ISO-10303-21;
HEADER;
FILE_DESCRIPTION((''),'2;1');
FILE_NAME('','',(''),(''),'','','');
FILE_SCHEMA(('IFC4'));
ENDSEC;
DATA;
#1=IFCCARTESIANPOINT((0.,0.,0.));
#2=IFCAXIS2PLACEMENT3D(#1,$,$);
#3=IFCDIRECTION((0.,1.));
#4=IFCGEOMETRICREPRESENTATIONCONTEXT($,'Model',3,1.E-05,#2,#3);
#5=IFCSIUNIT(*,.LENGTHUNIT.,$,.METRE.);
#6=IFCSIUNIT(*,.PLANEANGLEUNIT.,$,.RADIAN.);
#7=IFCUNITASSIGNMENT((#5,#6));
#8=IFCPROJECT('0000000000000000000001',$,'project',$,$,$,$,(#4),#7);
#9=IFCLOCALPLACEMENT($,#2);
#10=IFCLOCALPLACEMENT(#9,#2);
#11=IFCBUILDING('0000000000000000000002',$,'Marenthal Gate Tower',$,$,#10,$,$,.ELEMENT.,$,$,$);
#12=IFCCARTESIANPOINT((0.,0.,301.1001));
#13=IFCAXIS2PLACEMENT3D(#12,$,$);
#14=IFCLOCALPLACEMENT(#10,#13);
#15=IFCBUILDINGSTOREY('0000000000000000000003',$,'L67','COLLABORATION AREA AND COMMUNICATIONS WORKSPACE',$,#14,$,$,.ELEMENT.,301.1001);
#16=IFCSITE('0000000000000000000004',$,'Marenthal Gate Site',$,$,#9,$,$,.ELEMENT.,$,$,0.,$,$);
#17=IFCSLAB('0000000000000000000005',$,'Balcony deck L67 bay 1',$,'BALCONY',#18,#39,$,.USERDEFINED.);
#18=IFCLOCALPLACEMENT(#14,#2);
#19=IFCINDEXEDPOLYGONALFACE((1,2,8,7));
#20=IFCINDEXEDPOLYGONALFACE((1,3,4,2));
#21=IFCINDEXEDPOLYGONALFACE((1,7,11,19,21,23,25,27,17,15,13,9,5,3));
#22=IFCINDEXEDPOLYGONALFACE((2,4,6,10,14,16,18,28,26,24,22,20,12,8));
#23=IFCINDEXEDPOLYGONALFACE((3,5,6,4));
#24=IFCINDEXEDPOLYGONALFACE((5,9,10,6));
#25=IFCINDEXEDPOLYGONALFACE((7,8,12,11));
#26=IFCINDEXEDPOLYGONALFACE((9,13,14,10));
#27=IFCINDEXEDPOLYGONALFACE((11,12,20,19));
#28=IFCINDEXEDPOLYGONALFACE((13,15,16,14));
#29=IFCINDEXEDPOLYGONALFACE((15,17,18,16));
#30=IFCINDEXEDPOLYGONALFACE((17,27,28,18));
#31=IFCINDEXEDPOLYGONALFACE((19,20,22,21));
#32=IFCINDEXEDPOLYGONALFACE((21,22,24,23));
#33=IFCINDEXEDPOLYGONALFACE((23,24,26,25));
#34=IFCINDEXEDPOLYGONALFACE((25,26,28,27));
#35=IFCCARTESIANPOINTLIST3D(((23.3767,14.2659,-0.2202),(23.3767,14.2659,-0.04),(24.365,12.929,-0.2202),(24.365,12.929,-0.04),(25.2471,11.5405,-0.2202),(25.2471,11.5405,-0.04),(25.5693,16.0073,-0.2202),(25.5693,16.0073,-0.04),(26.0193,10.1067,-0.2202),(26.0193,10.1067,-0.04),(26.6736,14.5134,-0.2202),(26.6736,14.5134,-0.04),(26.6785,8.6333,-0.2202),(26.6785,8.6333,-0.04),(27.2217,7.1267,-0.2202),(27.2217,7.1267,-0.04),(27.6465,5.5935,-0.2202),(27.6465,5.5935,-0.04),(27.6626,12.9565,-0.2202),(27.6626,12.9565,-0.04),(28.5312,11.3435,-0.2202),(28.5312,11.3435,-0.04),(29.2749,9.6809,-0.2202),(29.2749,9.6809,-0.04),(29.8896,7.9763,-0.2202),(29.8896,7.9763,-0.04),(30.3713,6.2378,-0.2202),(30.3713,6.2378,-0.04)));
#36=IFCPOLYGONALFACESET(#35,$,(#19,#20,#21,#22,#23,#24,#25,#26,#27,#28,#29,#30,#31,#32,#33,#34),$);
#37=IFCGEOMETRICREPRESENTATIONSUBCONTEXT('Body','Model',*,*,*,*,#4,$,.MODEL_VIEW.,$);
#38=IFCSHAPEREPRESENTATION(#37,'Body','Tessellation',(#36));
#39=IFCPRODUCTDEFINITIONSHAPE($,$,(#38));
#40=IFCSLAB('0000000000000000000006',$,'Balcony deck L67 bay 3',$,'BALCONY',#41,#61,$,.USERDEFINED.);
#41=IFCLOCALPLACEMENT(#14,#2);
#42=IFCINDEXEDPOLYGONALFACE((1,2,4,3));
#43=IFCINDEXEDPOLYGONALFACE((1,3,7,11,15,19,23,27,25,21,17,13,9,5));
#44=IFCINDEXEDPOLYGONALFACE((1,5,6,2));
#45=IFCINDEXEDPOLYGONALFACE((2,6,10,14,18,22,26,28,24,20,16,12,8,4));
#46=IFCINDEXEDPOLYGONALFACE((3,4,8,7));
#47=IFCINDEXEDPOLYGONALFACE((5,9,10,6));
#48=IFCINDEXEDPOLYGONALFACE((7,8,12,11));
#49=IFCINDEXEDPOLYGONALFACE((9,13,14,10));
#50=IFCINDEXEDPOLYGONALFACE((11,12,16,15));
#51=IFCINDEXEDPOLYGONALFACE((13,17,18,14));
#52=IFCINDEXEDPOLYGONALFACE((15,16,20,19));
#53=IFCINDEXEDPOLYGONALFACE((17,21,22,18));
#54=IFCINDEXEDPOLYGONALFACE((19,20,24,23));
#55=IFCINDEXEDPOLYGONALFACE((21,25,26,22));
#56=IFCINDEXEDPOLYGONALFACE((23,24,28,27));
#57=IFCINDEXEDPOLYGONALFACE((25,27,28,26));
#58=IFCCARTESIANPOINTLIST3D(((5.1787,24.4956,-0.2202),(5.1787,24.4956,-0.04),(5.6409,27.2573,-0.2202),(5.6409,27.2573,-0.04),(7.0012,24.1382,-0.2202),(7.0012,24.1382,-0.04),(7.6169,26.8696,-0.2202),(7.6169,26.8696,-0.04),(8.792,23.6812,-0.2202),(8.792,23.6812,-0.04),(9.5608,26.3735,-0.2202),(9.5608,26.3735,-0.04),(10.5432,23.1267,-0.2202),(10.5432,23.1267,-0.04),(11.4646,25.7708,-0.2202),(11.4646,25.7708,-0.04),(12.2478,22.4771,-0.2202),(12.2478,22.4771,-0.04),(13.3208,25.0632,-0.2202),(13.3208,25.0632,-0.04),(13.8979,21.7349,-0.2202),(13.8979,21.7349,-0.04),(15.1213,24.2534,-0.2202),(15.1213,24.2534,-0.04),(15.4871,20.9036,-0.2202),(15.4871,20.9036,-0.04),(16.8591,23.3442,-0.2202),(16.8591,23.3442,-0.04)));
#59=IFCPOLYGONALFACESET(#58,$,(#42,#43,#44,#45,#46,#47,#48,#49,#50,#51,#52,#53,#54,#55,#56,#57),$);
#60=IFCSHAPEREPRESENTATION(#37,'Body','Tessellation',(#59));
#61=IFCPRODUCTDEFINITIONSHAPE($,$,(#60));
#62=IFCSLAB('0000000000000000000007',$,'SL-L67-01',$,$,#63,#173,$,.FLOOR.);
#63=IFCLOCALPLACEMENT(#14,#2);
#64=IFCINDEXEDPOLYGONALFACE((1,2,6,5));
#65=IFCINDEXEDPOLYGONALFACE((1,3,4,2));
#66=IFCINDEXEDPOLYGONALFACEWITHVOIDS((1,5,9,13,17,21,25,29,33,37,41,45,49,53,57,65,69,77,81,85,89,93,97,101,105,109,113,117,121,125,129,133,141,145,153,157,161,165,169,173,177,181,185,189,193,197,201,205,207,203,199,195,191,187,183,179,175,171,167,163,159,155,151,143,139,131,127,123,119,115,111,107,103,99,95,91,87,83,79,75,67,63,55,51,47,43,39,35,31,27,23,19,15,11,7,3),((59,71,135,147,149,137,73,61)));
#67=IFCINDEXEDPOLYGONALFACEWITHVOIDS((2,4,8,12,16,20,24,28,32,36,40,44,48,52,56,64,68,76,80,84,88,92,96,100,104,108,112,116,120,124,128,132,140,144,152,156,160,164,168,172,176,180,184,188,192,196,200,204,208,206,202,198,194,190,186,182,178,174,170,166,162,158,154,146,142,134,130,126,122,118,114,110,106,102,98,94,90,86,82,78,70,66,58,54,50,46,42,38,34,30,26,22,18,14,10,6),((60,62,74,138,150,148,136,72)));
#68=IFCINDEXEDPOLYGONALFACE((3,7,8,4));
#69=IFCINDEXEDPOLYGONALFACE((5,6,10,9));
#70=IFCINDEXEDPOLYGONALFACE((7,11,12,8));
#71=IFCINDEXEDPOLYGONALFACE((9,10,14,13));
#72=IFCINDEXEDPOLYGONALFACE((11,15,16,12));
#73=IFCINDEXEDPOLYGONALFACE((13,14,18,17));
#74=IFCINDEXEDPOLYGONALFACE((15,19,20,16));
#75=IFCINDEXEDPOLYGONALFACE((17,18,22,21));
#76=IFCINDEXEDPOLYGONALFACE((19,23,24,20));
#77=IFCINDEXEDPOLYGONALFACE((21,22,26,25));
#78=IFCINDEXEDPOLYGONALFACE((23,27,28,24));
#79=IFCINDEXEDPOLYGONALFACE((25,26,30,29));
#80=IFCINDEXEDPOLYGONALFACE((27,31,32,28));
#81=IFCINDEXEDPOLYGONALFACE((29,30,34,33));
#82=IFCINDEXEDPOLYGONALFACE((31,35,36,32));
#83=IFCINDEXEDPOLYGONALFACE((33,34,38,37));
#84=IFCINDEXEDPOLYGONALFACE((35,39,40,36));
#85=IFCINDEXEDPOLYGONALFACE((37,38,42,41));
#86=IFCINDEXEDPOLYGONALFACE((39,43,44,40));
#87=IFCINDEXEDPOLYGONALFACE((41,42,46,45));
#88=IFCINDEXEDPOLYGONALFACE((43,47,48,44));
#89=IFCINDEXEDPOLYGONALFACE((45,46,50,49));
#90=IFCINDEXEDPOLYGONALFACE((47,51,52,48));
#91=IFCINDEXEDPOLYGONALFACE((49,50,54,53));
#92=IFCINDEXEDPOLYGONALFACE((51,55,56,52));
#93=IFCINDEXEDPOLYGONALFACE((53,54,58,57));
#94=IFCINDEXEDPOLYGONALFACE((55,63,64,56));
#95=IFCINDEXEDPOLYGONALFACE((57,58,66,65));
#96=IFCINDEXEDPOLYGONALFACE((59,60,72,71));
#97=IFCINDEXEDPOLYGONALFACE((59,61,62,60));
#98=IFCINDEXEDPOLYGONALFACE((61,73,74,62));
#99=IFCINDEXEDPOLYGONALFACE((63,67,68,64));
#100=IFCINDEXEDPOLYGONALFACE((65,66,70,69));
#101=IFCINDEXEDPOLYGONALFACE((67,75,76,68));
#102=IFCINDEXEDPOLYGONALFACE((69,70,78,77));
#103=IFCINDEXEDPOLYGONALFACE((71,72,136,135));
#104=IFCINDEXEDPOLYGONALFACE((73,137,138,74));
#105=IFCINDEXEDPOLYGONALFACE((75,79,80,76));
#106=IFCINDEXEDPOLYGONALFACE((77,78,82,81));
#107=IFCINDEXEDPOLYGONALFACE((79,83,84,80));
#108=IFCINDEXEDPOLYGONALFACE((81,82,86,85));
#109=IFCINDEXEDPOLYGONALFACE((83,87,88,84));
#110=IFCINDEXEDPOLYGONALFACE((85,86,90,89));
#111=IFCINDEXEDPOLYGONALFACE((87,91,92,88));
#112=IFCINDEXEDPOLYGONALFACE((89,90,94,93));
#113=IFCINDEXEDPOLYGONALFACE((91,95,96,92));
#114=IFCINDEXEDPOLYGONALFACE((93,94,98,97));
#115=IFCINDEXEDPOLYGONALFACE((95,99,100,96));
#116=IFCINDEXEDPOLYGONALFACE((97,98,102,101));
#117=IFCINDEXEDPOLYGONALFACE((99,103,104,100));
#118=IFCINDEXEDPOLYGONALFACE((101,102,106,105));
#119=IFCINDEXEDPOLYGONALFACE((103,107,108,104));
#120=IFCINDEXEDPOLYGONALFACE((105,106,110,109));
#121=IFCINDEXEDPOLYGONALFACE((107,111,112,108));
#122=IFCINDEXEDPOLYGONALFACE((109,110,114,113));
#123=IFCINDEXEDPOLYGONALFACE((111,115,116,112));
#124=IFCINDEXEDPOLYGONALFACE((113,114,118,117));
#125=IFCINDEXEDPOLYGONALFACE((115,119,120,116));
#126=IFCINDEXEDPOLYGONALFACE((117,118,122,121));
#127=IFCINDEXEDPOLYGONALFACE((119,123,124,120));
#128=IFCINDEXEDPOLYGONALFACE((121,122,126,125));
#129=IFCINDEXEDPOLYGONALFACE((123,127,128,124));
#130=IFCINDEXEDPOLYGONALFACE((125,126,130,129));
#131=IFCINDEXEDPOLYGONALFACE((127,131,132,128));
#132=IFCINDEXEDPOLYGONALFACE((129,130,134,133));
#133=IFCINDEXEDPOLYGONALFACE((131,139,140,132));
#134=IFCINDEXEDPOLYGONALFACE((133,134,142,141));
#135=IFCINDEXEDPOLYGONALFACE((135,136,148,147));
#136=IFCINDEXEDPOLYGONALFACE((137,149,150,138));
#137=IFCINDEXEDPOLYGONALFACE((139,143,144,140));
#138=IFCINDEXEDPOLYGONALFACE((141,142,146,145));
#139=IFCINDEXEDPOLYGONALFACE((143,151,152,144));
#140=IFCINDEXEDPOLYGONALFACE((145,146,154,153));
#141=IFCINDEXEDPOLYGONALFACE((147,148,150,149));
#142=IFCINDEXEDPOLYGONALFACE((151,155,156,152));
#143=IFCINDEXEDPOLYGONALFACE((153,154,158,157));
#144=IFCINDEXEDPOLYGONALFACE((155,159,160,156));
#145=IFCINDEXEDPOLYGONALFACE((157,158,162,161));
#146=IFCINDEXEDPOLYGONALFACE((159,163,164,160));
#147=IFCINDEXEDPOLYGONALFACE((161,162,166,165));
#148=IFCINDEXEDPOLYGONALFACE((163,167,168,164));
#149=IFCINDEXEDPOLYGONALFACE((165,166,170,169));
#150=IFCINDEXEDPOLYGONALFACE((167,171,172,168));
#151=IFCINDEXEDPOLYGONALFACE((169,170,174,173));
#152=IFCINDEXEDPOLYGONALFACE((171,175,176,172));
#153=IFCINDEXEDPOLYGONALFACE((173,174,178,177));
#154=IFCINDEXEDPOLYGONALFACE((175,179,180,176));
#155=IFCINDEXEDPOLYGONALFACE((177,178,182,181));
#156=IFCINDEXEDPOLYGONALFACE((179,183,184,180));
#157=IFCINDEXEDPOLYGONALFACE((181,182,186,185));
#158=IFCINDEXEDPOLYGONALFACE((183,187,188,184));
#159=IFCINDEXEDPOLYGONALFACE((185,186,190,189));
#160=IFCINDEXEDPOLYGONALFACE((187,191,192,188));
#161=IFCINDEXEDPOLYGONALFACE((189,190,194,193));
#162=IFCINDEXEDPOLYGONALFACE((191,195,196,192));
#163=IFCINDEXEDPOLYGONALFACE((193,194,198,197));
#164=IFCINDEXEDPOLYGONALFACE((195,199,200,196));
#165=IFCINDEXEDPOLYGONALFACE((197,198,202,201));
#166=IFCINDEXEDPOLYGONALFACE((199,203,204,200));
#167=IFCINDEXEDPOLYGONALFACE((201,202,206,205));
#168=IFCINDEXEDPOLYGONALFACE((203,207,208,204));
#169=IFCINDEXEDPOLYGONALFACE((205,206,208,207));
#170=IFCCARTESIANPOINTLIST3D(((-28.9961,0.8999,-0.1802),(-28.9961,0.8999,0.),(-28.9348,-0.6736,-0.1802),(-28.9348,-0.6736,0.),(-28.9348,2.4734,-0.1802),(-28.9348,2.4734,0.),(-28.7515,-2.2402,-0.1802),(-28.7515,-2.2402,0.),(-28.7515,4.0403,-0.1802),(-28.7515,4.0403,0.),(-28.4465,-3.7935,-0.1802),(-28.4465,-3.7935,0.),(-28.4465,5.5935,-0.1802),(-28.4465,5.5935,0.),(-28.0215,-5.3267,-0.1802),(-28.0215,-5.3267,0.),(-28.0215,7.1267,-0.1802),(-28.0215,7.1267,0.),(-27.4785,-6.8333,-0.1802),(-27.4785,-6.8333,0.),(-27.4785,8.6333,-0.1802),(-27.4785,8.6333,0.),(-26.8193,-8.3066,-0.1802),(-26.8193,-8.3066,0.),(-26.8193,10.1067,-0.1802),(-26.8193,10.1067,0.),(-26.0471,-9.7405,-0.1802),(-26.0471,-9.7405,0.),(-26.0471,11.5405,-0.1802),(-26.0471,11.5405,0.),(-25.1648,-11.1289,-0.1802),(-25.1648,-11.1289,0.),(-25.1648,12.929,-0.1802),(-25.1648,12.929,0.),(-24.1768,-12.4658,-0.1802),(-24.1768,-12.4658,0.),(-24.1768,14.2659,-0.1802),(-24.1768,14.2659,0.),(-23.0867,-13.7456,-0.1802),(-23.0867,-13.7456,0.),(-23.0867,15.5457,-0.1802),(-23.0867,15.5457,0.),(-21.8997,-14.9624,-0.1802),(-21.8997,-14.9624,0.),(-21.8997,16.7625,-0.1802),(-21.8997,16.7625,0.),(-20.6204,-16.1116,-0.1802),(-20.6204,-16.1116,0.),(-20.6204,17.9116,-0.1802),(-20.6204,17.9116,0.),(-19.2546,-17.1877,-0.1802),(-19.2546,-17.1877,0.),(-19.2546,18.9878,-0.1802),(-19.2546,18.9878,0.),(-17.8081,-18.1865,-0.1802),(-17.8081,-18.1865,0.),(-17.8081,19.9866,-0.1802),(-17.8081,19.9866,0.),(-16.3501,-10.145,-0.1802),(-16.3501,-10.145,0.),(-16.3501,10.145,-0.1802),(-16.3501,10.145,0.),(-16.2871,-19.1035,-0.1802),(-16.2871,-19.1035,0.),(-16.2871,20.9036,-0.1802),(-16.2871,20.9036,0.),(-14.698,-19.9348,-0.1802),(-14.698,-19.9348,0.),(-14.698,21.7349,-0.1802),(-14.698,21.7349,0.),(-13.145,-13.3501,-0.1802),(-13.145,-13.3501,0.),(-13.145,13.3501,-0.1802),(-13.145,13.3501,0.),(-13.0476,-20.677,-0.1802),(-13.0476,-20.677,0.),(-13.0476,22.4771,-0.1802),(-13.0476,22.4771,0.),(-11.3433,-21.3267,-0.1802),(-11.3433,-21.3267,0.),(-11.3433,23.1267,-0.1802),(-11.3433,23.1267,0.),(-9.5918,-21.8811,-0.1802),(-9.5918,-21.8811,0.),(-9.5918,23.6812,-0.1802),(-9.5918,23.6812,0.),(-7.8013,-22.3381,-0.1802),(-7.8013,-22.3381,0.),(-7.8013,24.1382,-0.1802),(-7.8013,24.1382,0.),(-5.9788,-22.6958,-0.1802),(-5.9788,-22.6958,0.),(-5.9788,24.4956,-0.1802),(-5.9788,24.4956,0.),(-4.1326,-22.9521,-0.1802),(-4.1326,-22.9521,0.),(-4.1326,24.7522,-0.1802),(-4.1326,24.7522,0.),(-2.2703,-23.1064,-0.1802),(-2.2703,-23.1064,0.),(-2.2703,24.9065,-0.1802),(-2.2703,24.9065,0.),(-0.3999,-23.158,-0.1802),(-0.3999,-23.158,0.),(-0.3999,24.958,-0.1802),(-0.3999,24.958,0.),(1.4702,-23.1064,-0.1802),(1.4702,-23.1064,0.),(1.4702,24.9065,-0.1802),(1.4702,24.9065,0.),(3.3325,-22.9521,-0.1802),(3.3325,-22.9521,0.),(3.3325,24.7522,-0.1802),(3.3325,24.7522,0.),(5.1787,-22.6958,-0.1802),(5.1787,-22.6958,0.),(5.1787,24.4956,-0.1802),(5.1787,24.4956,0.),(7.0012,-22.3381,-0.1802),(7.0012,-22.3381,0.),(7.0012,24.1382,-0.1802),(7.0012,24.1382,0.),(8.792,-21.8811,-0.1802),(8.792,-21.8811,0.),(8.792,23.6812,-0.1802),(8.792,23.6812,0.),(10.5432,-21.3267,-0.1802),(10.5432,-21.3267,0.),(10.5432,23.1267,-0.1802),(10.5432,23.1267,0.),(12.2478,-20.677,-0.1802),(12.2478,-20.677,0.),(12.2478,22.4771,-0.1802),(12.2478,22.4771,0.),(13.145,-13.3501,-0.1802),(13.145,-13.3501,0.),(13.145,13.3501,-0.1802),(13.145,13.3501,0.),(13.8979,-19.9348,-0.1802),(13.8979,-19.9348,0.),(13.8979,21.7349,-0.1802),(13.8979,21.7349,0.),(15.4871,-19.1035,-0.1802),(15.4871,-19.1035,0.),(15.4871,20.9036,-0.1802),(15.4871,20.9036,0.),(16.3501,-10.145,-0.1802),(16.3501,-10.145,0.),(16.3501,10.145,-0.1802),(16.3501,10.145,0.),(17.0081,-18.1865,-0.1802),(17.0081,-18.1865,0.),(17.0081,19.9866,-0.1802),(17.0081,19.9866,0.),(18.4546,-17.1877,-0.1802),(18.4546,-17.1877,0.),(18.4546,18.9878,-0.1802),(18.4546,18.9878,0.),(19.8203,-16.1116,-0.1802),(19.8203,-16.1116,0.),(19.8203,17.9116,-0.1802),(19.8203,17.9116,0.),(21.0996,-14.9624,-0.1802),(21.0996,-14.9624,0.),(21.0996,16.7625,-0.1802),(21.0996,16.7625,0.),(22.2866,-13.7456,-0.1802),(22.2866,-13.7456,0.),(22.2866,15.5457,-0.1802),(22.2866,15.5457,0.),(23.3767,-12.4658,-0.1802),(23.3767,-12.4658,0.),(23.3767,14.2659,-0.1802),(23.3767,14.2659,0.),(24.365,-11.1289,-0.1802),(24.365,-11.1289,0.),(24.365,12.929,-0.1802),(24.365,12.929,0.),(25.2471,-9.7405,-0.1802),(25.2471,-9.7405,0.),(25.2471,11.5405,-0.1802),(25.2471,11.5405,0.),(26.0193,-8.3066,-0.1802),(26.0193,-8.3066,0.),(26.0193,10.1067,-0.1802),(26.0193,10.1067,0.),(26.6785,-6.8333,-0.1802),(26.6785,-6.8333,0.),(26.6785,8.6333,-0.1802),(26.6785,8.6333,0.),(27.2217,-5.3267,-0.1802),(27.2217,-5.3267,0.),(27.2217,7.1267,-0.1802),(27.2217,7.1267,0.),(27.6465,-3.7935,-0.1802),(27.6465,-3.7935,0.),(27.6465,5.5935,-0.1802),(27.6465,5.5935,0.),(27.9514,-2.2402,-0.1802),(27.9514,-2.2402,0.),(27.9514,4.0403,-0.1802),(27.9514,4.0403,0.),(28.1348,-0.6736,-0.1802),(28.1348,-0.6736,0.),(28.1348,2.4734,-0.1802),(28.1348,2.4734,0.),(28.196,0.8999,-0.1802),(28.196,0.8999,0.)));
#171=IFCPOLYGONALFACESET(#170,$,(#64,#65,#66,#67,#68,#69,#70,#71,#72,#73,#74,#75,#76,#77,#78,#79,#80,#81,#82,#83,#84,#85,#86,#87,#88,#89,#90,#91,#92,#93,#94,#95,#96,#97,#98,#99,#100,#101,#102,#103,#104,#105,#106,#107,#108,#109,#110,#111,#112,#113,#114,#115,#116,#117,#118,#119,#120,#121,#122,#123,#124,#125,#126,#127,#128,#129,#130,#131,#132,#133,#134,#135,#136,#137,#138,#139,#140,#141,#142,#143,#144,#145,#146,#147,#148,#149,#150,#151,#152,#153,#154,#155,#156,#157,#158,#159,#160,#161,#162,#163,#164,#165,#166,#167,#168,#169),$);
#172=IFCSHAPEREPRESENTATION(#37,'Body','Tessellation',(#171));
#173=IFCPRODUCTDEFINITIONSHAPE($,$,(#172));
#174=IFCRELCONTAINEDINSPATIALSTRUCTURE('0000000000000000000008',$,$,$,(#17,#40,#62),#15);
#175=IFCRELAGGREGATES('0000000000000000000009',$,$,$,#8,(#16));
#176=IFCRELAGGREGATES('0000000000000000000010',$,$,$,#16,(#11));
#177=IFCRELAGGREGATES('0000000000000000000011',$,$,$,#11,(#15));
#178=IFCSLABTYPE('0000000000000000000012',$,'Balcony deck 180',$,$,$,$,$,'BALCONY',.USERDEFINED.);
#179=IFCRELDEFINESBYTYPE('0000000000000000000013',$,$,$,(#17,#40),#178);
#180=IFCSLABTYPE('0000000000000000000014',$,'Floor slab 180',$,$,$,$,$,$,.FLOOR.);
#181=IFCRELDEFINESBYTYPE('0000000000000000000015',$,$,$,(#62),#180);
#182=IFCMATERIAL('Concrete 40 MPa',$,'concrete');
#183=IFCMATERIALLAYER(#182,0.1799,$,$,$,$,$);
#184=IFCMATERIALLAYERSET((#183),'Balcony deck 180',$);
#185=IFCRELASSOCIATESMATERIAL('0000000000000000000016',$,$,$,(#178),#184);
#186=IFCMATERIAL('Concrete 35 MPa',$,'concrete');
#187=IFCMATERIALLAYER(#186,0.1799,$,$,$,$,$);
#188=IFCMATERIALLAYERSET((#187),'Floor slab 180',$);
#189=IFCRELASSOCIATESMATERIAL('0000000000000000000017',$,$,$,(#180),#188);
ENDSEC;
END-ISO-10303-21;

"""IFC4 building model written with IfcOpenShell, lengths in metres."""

from ifc_helpers import new_model, si_unit, direction, frame, origin, place, context, subcontext, project, spatial, polyline, outline, extrude, material, layer, layer_set, type_object, element, save


model = new_model("IFC4")

# Units and contexts
model_context = context("Model", 3, precision=1e-05, world=origin(), true_north=direction((0.0, 1.0)))
body_context = subcontext(model_context, "Body", "Model", "MODEL_VIEW")
ifc_project = project(units=[si_unit("LENGTHUNIT", "METRE"), si_unit("PLANEANGLEUNIT", "RADIAN")], contexts=[model_context])

# Site, building, storey
site_placement = place(None, origin())
site = spatial("IfcSite", under=ifc_project, at=site_placement, Name="Marenthal Gate Site", CompositionType="ELEMENT", RefElevation=0.0)
building_placement = place(site_placement, origin())
building = spatial("IfcBuilding", under=site, at=building_placement, Name="Marenthal Gate Tower", CompositionType="ELEMENT")
storey_placement = place(building_placement, frame((0.0, 0.0, 301.1001)))
storey = spatial("IfcBuildingStorey", under=building, at=storey_placement, Name="L67", Description="COLLABORATION AREA AND COMMUNICATIONS WORKSPACE", CompositionType="ELEMENT", Elevation=301.1001)

# Slabs
ifc_material_1 = material(Name="Concrete 40 MPa", Category="concrete")
ifc_layer_1 = layer(ifc_material_1, 0.1799)
ifc_layer_set_1 = layer_set([ifc_layer_1], Name="Balcony deck 180")
slab_type_1 = type_object("IfcSlabType", Name="Balcony deck 180", ElementType="BALCONY", PredefinedType="USERDEFINED", material=ifc_layer_set_1)
slab_1_placement = place(storey_placement, frame((0.0, 0.0, -0.2202)))
element("IfcSlab", 1, at=slab_1_placement, inside=storey, type_object=slab_type_1, Name="Balcony deck L67 bay 1", ObjectType="BALCONY", PredefinedType="USERDEFINED", context=body_context, shape_type="SweptSolid", body=[
    extrude(outline(polyline([(27.6465, 5.5935), (27.2217, 7.1267), (26.6785, 8.6333), (26.0193, 10.1067), (25.2471, 11.5405), (24.365, 12.929), (23.3767, 14.2659), (25.5693, 16.0073), (26.6736, 14.5134), (27.6626, 12.9565), (28.5312, 11.3435), (29.2749, 9.6809), (29.8896, 7.9763), (30.3713, 6.2378), (27.6465, 5.5935)])), origin(), (0.0, 0.0, 1.0), 0.1802),
])
slab_2_placement = place(storey_placement, frame((0.0, 0.0, -0.2202)))
element("IfcSlab", 2, at=slab_2_placement, inside=storey, type_object=slab_type_1, Name="Balcony deck L67 bay 3", ObjectType="BALCONY", PredefinedType="USERDEFINED", context=body_context, shape_type="SweptSolid", body=[
    extrude(outline(polyline([(15.4871, 20.9036), (13.8979, 21.7349), (12.2478, 22.4771), (10.5432, 23.1267), (8.792, 23.6812), (7.0012, 24.1382), (5.1787, 24.4956), (5.6409, 27.2573), (7.6169, 26.8696), (9.5608, 26.3735), (11.4646, 25.7708), (13.3208, 25.0632), (15.1213, 24.2534), (16.8591, 23.3442), (15.4871, 20.9036)])), origin(), (0.0, 0.0, 1.0), 0.1802),
])
ifc_material_2 = material(Name="Concrete 35 MPa", Category="concrete")
ifc_layer_2 = layer(ifc_material_2, 0.1799)
ifc_layer_set_2 = layer_set([ifc_layer_2], Name="Floor slab 180")
slab_type_2 = type_object("IfcSlabType", Name="Floor slab 180", PredefinedType="FLOOR", material=ifc_layer_set_2)
slab_3_placement = place(storey_placement, frame((0.0, 0.0, -0.1802)))
element("IfcSlab", 3, at=slab_3_placement, inside=storey, type_object=slab_type_2, Name="SL-L67-01", PredefinedType="FLOOR", context=body_context, shape_type="SweptSolid", body=[
    extrude(outline(polyline([(28.196, 0.8999), (28.1348, 2.4734), (27.9514, 4.0403), (27.6465, 5.5935), (27.2217, 7.1267), (26.6785, 8.6333), (26.0193, 10.1067), (25.2471, 11.5405), (24.365, 12.929), (23.3767, 14.2659), (22.2866, 15.5457), (21.0996, 16.7625), (19.8203, 17.9116), (18.4546, 18.9878), (17.0081, 19.9866), (15.4871, 20.9036), (13.8979, 21.7349), (12.2478, 22.4771), (10.5432, 23.1267), (8.792, 23.6812), (7.0012, 24.1382), (5.1787, 24.4956), (3.3325, 24.7522), (1.4702, 24.9065), (-0.3999, 24.958), (-2.2703, 24.9065), (-4.1326, 24.7522), (-5.9788, 24.4956), (-7.8013, 24.1382), (-9.5918, 23.6812), (-11.3433, 23.1267), (-13.0476, 22.4771), (-14.698, 21.7349), (-16.2871, 20.9036), (-17.8081, 19.9866), (-19.2546, 18.9878), (-20.6204, 17.9116), (-21.8997, 16.7625), (-23.0867, 15.5457), (-24.1768, 14.2659), (-25.1648, 12.929), (-26.0471, 11.5405), (-26.8193, 10.1067), (-27.4785, 8.6333), (-28.0215, 7.1267), (-28.4465, 5.5935), (-28.7515, 4.0403), (-28.9348, 2.4734), (-28.9961, 0.8999), (-28.9348, -0.6736), (-28.7515, -2.2402), (-28.4465, -3.7935), (-28.0215, -5.3267), (-27.4785, -6.8333), (-26.8193, -8.3066), (-26.0471, -9.7405), (-25.1648, -11.1289), (-24.1768, -12.4658), (-23.0867, -13.7456), (-21.8997, -14.9624), (-20.6204, -16.1116), (-19.2546, -17.1877), (-17.8081, -18.1865), (-16.2871, -19.1035), (-14.698, -19.9348), (-13.0476, -20.677), (-11.3433, -21.3267), (-9.5918, -21.8811), (-7.8013, -22.3381), (-5.9788, -22.6958), (-4.1326, -22.9521), (-2.2703, -23.1064), (-0.3999, -23.158), (1.4702, -23.1064), (3.3325, -22.9521), (5.1787, -22.6958), (7.0012, -22.3381), (8.792, -21.8811), (10.5432, -21.3267), (12.2478, -20.677), (13.8979, -19.9348), (15.4871, -19.1035), (17.0081, -18.1865), (18.4546, -17.1877), (19.8203, -16.1116), (21.0996, -14.9624), (22.2866, -13.7456), (23.3767, -12.4658), (24.365, -11.1289), (25.2471, -9.7405), (26.0193, -8.3066), (26.6785, -6.8333), (27.2217, -5.3267), (27.6465, -3.7935), (27.9514, -2.2402), (28.1348, -0.6736), (28.196, 0.8999)]), holes=[polyline([(13.145, -13.3501), (16.3501, -10.145), (16.3501, 10.145), (13.145, 13.3501), (-13.145, 13.3501), (-16.3501, 10.145), (-16.3501, -10.145), (-13.145, -13.3501), (13.145, -13.3501)])]), origin(), (0.0, 0.0, 1.0), 0.1802),
])

save(model, "model.ifc")
